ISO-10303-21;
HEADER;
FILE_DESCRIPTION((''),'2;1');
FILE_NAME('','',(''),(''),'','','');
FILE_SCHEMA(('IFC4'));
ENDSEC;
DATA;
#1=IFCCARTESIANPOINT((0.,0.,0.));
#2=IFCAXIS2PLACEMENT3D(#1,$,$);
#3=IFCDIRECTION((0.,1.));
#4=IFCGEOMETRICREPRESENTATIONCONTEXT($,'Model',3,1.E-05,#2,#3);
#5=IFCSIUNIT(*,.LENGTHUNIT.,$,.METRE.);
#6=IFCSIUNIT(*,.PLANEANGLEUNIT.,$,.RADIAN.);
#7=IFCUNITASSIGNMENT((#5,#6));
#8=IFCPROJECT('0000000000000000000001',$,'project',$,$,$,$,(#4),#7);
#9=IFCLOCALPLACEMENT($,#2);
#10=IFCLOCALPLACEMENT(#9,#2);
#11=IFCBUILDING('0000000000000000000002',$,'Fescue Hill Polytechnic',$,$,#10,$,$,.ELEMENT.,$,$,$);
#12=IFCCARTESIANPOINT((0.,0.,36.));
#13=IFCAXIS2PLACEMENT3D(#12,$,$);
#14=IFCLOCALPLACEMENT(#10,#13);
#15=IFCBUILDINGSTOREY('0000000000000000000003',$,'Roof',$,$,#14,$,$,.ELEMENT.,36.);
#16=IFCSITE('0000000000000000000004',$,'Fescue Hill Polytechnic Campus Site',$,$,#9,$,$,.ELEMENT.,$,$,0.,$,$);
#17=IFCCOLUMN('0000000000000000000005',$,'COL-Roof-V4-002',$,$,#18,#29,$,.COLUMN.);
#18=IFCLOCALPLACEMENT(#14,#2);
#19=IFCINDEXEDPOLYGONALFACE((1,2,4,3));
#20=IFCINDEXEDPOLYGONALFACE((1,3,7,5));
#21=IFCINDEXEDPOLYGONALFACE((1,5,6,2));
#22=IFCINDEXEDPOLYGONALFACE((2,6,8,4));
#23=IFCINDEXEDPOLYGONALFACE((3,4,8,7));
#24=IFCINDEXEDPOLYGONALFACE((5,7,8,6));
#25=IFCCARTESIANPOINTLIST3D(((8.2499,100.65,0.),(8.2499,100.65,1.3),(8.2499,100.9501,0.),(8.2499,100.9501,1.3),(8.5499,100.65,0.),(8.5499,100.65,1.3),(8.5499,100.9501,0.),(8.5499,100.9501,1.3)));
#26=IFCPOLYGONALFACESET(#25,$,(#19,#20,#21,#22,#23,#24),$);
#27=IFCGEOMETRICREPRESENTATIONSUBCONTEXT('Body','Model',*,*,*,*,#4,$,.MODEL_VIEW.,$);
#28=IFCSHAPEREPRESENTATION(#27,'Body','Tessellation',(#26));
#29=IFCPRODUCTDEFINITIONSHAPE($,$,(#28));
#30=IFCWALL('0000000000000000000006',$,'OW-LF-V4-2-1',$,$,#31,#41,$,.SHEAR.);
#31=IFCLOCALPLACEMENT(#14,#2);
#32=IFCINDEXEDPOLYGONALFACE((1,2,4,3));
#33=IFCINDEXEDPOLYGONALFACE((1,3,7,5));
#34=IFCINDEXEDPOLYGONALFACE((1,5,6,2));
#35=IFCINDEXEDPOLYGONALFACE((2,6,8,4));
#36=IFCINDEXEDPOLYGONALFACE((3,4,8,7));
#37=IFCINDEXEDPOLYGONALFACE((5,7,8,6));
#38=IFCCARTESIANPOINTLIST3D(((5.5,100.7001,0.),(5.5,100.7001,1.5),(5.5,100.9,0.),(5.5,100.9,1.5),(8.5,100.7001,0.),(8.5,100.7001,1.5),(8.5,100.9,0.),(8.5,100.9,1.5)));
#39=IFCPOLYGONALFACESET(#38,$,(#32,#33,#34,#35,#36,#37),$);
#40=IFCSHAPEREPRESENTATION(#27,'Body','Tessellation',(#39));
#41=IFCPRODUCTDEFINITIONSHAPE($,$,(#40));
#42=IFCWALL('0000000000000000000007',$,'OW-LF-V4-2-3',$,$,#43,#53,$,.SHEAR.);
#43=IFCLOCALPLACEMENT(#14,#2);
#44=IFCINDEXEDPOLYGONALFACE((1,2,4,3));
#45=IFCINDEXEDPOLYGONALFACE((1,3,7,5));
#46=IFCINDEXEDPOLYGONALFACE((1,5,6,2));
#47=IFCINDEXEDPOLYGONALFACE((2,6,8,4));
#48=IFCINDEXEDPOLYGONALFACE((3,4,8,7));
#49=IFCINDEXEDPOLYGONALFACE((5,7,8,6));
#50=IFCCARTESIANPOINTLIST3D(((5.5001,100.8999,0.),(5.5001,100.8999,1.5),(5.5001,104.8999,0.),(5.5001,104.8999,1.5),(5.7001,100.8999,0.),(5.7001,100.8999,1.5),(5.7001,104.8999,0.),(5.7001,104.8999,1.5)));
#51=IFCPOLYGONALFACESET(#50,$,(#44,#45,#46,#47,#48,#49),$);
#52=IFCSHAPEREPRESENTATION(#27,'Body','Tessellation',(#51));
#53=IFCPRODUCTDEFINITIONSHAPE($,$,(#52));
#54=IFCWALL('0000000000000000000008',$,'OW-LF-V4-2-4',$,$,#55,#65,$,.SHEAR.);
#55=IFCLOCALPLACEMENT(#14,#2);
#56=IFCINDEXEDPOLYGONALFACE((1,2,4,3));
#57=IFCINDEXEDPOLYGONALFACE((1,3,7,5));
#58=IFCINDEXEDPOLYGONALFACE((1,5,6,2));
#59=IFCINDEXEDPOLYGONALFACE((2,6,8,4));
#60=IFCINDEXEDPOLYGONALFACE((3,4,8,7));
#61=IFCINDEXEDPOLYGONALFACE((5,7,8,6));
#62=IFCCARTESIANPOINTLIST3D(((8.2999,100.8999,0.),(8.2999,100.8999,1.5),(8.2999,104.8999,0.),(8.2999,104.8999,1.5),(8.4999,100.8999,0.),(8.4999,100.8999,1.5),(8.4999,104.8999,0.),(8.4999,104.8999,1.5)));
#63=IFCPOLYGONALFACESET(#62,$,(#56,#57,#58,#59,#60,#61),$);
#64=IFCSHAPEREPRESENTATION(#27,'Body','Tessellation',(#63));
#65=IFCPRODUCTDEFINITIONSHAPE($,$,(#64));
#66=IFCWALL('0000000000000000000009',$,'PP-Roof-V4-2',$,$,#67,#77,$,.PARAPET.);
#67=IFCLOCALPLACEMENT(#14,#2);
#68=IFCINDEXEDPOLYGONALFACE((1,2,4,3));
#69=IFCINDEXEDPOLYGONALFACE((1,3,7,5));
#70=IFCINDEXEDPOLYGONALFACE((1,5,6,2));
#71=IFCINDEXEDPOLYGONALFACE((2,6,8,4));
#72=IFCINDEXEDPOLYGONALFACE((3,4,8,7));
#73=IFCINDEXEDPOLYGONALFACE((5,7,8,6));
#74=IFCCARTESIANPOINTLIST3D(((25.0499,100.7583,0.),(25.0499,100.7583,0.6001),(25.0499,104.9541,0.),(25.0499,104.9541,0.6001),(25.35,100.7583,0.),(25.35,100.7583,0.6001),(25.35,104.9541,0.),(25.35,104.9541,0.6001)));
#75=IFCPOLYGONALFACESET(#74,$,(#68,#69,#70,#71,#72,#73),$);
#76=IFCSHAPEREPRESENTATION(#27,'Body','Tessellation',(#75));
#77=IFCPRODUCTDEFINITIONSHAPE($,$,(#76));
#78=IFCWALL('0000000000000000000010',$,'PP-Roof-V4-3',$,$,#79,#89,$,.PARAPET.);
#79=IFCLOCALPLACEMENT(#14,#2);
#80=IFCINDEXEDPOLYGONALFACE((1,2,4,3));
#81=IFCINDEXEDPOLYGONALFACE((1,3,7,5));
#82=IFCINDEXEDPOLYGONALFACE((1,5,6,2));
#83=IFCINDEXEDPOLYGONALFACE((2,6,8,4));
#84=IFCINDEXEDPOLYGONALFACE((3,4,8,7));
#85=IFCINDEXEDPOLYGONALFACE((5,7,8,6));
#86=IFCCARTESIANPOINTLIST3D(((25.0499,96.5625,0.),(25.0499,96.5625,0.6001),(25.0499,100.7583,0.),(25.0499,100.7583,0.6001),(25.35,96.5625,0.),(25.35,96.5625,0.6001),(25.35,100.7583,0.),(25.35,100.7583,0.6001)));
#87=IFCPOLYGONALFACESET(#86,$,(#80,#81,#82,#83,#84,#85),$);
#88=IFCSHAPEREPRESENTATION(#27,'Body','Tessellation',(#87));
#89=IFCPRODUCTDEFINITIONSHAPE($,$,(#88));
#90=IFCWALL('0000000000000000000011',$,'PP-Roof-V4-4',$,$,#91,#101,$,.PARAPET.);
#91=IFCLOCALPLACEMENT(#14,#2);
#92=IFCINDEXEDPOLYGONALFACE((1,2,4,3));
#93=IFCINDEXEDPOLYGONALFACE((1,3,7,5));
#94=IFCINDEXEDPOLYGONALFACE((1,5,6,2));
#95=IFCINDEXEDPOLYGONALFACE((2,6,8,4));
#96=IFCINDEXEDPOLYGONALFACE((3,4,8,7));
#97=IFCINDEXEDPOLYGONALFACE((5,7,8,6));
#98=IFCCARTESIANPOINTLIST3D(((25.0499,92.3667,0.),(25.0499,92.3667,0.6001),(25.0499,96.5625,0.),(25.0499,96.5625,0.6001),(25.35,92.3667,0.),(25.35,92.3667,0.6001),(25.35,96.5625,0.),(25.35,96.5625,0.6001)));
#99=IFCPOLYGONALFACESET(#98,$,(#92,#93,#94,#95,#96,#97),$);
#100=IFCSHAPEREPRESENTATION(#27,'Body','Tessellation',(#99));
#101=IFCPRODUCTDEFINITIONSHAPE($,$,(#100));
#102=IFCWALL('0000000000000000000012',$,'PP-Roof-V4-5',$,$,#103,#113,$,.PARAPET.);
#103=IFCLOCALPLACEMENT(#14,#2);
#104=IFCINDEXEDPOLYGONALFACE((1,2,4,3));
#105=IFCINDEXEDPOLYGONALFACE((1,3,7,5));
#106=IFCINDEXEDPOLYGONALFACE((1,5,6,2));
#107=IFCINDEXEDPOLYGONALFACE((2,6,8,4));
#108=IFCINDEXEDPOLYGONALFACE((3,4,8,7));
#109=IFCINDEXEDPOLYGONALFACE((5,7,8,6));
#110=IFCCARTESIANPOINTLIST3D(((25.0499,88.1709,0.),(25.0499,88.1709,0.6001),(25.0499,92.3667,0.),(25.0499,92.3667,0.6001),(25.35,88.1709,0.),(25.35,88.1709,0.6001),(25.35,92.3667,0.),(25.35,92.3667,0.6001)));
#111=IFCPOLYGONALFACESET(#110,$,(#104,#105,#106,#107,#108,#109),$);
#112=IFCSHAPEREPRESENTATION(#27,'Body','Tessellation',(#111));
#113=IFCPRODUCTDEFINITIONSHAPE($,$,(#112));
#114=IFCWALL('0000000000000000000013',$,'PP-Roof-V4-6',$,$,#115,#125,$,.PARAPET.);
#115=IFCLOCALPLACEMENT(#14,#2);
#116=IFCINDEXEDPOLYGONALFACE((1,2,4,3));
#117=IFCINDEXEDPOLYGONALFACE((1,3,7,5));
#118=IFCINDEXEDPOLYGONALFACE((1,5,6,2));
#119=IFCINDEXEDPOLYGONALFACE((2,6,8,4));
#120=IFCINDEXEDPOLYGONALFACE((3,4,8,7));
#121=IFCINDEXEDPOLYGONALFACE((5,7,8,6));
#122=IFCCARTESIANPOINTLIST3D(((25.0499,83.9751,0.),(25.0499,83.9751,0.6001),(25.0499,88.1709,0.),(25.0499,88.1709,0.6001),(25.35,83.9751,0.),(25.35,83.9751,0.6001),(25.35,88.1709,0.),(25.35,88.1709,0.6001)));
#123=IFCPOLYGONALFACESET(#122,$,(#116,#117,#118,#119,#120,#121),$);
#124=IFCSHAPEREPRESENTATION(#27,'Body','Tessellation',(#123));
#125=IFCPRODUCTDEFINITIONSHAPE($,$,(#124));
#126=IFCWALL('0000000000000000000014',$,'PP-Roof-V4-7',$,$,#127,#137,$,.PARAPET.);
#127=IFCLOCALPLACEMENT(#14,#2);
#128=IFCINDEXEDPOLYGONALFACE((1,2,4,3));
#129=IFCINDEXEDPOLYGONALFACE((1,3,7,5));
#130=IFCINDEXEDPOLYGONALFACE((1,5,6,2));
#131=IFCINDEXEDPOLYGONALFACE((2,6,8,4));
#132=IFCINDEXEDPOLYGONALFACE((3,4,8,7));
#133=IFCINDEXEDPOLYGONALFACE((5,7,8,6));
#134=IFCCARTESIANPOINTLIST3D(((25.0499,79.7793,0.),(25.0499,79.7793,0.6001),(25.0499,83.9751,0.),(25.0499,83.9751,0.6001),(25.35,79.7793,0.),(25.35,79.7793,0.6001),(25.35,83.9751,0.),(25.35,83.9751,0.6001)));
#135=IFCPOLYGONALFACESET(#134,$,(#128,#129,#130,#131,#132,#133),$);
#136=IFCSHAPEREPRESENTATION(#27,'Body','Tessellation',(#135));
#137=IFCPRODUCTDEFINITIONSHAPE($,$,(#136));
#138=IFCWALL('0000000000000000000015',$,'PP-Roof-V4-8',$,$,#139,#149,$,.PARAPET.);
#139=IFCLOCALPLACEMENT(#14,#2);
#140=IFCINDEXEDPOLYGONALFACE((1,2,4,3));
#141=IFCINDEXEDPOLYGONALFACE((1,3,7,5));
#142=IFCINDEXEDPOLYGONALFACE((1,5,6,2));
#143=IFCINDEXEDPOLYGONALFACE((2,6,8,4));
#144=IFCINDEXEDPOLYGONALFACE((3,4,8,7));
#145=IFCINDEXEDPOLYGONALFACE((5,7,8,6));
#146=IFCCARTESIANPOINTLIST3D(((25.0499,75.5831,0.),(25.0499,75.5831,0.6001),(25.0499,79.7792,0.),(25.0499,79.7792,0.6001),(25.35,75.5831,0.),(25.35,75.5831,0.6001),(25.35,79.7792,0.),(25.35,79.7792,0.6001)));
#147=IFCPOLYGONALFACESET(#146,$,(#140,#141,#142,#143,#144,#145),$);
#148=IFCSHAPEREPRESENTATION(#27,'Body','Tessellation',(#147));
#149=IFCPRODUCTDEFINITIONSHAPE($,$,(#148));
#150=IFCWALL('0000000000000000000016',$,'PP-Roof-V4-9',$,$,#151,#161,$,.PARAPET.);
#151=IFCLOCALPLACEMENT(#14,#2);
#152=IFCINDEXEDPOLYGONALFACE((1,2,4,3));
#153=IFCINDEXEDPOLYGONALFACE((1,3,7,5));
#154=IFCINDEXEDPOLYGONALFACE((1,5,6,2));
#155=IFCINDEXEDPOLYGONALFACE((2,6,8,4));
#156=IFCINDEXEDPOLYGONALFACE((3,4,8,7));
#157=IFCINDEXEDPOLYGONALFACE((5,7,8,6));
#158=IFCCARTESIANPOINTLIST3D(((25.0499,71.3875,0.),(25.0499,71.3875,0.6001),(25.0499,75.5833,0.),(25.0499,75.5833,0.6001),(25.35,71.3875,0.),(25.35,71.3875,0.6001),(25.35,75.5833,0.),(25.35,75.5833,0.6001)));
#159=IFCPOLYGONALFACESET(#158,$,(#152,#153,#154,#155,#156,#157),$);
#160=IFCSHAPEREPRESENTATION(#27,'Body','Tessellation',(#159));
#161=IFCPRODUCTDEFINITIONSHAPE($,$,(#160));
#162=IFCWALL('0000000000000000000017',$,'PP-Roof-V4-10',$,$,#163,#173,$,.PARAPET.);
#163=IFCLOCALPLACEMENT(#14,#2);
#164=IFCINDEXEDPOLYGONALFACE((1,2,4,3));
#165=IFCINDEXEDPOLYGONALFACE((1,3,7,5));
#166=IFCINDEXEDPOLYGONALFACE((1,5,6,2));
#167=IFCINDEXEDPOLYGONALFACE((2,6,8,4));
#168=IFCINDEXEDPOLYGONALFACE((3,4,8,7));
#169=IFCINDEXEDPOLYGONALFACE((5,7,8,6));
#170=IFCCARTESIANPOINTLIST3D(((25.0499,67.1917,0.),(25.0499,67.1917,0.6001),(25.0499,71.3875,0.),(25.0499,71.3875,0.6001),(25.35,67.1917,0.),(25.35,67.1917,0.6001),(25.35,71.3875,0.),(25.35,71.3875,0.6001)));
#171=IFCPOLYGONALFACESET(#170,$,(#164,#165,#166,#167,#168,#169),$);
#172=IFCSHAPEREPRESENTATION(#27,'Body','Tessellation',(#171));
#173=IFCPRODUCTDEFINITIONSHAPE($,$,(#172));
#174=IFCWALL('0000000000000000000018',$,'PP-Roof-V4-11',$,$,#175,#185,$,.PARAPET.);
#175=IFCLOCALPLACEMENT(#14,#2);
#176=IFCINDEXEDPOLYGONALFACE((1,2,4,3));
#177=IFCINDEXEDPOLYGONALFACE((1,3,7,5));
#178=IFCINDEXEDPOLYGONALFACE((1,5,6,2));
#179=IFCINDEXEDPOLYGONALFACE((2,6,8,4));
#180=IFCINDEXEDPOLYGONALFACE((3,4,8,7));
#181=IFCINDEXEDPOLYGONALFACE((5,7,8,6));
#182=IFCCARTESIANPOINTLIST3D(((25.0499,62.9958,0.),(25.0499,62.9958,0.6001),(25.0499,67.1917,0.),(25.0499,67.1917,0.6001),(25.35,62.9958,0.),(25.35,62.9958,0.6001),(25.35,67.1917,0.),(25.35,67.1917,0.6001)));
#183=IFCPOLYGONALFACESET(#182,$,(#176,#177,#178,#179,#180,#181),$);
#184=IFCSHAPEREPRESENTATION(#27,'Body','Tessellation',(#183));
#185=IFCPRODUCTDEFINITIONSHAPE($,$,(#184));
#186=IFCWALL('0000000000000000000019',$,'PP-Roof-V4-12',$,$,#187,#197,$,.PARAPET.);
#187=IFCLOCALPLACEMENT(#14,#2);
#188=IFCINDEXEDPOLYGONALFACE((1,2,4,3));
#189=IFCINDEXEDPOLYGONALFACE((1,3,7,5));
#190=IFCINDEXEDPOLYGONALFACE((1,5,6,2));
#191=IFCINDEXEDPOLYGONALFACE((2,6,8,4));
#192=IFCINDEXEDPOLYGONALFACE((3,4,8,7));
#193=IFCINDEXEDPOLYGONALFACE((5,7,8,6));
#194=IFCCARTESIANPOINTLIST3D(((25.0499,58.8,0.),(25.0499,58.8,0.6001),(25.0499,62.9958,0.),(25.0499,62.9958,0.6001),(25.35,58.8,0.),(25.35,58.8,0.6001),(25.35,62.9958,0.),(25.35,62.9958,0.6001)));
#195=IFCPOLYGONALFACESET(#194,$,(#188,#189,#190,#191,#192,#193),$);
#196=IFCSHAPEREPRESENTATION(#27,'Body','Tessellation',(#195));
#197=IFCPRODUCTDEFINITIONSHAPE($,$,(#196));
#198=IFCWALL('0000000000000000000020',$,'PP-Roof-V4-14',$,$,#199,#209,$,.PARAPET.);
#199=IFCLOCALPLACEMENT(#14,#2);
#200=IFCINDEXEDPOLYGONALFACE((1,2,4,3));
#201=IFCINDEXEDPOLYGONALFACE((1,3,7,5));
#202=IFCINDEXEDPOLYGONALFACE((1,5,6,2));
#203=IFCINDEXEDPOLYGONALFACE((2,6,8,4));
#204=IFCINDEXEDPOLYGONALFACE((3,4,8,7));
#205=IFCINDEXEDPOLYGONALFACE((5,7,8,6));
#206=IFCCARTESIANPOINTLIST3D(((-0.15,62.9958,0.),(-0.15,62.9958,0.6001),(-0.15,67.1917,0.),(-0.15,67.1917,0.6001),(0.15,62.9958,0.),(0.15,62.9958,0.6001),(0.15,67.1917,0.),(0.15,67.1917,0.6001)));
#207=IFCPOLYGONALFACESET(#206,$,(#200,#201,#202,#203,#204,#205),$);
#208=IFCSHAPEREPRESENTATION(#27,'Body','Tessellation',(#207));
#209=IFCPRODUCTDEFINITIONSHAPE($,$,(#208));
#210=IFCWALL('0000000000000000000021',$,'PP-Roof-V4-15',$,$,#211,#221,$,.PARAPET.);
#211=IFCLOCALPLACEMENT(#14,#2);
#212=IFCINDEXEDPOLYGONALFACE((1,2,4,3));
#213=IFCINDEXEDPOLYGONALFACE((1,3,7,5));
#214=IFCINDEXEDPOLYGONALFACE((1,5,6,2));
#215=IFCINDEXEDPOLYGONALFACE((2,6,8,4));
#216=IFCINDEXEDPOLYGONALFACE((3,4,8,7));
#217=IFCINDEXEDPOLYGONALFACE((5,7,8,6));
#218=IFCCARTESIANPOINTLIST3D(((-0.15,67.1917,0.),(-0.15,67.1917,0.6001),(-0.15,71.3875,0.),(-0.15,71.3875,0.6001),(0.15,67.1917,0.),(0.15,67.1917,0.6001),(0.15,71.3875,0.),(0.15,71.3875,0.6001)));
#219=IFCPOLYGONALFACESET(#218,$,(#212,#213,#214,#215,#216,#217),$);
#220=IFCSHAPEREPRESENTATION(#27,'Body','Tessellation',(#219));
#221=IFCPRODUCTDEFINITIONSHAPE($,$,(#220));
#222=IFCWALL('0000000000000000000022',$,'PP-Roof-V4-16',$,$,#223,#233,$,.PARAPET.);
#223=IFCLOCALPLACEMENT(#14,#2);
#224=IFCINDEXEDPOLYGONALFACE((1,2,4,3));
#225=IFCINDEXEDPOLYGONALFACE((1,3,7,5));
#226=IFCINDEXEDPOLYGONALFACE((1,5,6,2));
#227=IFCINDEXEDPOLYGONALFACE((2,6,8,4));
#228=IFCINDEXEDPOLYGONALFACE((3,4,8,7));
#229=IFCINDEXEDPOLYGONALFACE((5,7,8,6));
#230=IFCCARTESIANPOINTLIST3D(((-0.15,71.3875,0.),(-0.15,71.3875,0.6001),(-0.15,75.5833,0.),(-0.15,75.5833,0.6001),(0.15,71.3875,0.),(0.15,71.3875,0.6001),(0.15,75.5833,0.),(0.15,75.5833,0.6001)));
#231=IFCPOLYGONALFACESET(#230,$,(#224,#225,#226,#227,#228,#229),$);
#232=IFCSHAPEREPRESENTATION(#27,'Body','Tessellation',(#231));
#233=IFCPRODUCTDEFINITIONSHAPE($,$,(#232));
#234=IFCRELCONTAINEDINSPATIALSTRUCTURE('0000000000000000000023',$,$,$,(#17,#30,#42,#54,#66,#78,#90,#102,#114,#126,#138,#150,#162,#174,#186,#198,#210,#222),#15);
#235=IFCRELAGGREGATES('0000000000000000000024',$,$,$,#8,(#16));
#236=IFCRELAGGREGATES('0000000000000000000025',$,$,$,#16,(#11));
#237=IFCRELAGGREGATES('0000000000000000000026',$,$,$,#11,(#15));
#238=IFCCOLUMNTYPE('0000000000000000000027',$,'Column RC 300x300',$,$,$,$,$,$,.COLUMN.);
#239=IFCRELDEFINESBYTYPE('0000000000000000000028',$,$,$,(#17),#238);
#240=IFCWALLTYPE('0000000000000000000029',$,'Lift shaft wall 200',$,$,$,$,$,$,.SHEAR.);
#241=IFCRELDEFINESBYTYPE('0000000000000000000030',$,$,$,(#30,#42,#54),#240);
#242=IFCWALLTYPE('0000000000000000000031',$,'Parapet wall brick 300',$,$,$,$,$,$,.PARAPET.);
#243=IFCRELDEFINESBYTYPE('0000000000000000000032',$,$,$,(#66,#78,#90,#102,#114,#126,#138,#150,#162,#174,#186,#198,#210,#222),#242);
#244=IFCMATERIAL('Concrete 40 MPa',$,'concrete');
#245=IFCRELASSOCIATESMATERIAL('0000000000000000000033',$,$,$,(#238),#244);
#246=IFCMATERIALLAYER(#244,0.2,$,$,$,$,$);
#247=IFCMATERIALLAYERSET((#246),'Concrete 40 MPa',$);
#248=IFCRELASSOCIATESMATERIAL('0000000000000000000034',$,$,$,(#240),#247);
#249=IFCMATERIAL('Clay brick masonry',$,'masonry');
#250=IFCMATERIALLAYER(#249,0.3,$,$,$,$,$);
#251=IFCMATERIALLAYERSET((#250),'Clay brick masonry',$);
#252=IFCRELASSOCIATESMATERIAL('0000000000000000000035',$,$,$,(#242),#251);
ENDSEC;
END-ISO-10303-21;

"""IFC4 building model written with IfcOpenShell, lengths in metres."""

from ifc_helpers import new_model, si_unit, direction, frame, frame_2d, origin, origin_2d, place, context, subcontext, project, spatial, rectangle, extrude, material, layer, layer_set, material_profile, profile_set, type_object, element, save


model = new_model("IFC4")

# Units and contexts
model_context = context("Model", 3, precision=1e-05, world=origin(), true_north=direction((0.0, 1.0)))
body_context = subcontext(model_context, "Body", "Model", "MODEL_VIEW")
ifc_project = project(units=[si_unit("LENGTHUNIT", "METRE"), si_unit("PLANEANGLEUNIT", "RADIAN")], contexts=[model_context])

# Site, building, storey
site_placement = place(None, origin())
site = spatial("IfcSite", under=ifc_project, at=site_placement, Name="Fescue Hill Polytechnic Campus Site", CompositionType="ELEMENT", RefElevation=0.0)
building_placement = place(site_placement, origin())
building = spatial("IfcBuilding", under=site, at=building_placement, Name="Fescue Hill Polytechnic", CompositionType="ELEMENT")
storey_placement = place(building_placement, frame((0.0, 0.0, 36.0)))
storey = spatial("IfcBuildingStorey", under=building, at=storey_placement, Name="Roof", CompositionType="ELEMENT", Elevation=36.0)

# Column
ifc_material_1 = material(Name="Concrete 40 MPa", Category="concrete")
ifc_material_profile = material_profile(ifc_material_1, rectangle(XDim=0.3, YDim=0.3, at=origin_2d()), Name="RC 300x300")
ifc_profile_set = profile_set([ifc_material_profile], Name="Concrete 40 MPa")
column_type = type_object("IfcColumnType", Name="Column RC 300x300", PredefinedType="COLUMN", material=ifc_profile_set)
column_placement = place(storey_placement, frame((8.3999, 100.8, 0.0), z_axis=(0.0, 0.0, 1.0), x_axis=(1.0, 0.0, 0.0)))
element("IfcColumn", 1, at=column_placement, inside=storey, type_object=column_type, Name="COL-Roof-V4-002", PredefinedType="COLUMN", context=body_context, shape_type="SweptSolid", body=[
    extrude(rectangle(XDim=0.3, YDim=0.3, at=origin_2d()), origin(), (0.0, 0.0, 1.0), 1.3),
])

# Walls
ifc_layer_1 = layer(ifc_material_1, 0.2)
ifc_layer_set_1 = layer_set([ifc_layer_1], Name="Concrete 40 MPa")
wall_type_1 = type_object("IfcWallType", Name="Lift shaft wall 200", PredefinedType="SHEAR", material=ifc_layer_set_1)
wall_1_placement = place(storey_placement, frame((5.5, 100.8, 0.0), z_axis=(0.0, 0.0, 1.0), x_axis=(1.0, 0.0, 0.0)))
element("IfcWall", 2, at=wall_1_placement, inside=storey, type_object=wall_type_1, Name="OW-LF-V4-2-1", PredefinedType="SHEAR", context=body_context, shape_type="SweptSolid", body=[
    extrude(rectangle(XDim=3.0, YDim=0.2, at=frame_2d((1.5, 0.0))), origin(), (0.0, 0.0, 1.0), 1.5),
])
for number, where, z_axis, x_axis, name in (
    (3, (5.6001, 100.8999, 0.0), (0.0, 0.0, 1.0), (0.0, 1.0, 0.0), "OW-LF-V4-2-3"),
    (4, (8.3999, 100.8999, 0.0), (0.0, 0.0, 1.0), (0.0, 1.0, 0.0), "OW-LF-V4-2-4"),
):
    element("IfcWall", number, at=place(storey_placement, frame(where, z_axis=z_axis, x_axis=x_axis)), inside=storey, type_object=wall_type_1, Name=name, PredefinedType="SHEAR", context=body_context, shape_type="SweptSolid", body=[
        extrude(rectangle(XDim=4.0, YDim=0.2, at=frame_2d((2.0, 0.0))), origin(), (0.0, 0.0, 1.0), 1.5),
    ])
ifc_material_2 = material(Name="Clay brick masonry", Category="masonry")
ifc_layer_2 = layer(ifc_material_2, 0.3)
ifc_layer_set_2 = layer_set([ifc_layer_2], Name="Clay brick masonry")
wall_type_2 = type_object("IfcWallType", Name="Parapet wall brick 300", PredefinedType="PARAPET", material=ifc_layer_set_2)
for number, where, z_axis, x_axis, name in (
    (5, (25.2, 104.9541, 0.0), (0.0, 0.0, 1.0), (0.0, -1.0, 0.0), "PP-Roof-V4-2"),
    (6, (25.2, 100.7583, 0.0), (0.0, 0.0, 1.0), (0.0, -1.0, 0.0), "PP-Roof-V4-3"),
    (7, (25.2, 96.5625, 0.0), (0.0, 0.0, 1.0), (0.0, -1.0, 0.0), "PP-Roof-V4-4"),
    (8, (25.2, 92.3667, 0.0), (0.0, 0.0, 1.0), (0.0, -1.0, 0.0), "PP-Roof-V4-5"),
    (9, (25.2, 88.1709, 0.0), (0.0, 0.0, 1.0), (0.0, -1.0, 0.0), "PP-Roof-V4-6"),
    (10, (25.2, 83.9751, 0.0), (0.0, 0.0, 1.0), (0.0, -1.0, 0.0), "PP-Roof-V4-7"),
):
    element("IfcWall", number, at=place(storey_placement, frame(where, z_axis=z_axis, x_axis=x_axis)), inside=storey, type_object=wall_type_2, Name=name, PredefinedType="PARAPET", context=body_context, shape_type="SweptSolid", body=[
        extrude(rectangle(XDim=4.1958, YDim=0.3, at=frame_2d((2.0979, 0.0))), origin(), (0.0, 0.0, 1.0), 0.6001),
    ])
wall_2_placement = place(storey_placement, frame((25.2, 79.7793, 0.0), z_axis=(0.0, 0.0, 1.0), x_axis=(0.0, -1.0, 0.0)))
element("IfcWall", 11, at=wall_2_placement, inside=storey, type_object=wall_type_2, Name="PP-Roof-V4-8", PredefinedType="PARAPET", context=body_context, shape_type="SweptSolid", body=[
    extrude(rectangle(XDim=4.196, YDim=0.3, at=frame_2d((2.0981, 0.0))), origin(), (0.0, 0.0, 1.0), 0.6001),
])
for number, where, z_axis, x_axis, name in (
    (12, (25.2, 75.5833, 0.0), (0.0, 0.0, 1.0), (0.0, -1.0, 0.0), "PP-Roof-V4-9"),
    (13, (25.2, 71.3875, 0.0), (0.0, 0.0, 1.0), (0.0, -1.0, 0.0), "PP-Roof-V4-10"),
    (14, (25.2, 67.1917, 0.0), (0.0, 0.0, 1.0), (0.0, -1.0, 0.0), "PP-Roof-V4-11"),
    (15, (25.2, 62.9958, 0.0), (0.0, 0.0, 1.0), (0.0, -1.0, 0.0), "PP-Roof-V4-12"),
    (16, (0.0, 62.9958, 0.0), (0.0, 0.0, 1.0), (0.0, 1.0, 0.0), "PP-Roof-V4-14"),
    (17, (0.0, 67.1917, 0.0), (0.0, 0.0, 1.0), (0.0, 1.0, 0.0), "PP-Roof-V4-15"),
    (18, (0.0, 71.3875, 0.0), (0.0, 0.0, 1.0), (0.0, 1.0, 0.0), "PP-Roof-V4-16"),
):
    element("IfcWall", number, at=place(storey_placement, frame(where, z_axis=z_axis, x_axis=x_axis)), inside=storey, type_object=wall_type_2, Name=name, PredefinedType="PARAPET", context=body_context, shape_type="SweptSolid", body=[
        extrude(rectangle(XDim=4.1958, YDim=0.3, at=frame_2d((2.0979, 0.0))), origin(), (0.0, 0.0, 1.0), 0.6001),
    ])

save(model, "model.ifc")
